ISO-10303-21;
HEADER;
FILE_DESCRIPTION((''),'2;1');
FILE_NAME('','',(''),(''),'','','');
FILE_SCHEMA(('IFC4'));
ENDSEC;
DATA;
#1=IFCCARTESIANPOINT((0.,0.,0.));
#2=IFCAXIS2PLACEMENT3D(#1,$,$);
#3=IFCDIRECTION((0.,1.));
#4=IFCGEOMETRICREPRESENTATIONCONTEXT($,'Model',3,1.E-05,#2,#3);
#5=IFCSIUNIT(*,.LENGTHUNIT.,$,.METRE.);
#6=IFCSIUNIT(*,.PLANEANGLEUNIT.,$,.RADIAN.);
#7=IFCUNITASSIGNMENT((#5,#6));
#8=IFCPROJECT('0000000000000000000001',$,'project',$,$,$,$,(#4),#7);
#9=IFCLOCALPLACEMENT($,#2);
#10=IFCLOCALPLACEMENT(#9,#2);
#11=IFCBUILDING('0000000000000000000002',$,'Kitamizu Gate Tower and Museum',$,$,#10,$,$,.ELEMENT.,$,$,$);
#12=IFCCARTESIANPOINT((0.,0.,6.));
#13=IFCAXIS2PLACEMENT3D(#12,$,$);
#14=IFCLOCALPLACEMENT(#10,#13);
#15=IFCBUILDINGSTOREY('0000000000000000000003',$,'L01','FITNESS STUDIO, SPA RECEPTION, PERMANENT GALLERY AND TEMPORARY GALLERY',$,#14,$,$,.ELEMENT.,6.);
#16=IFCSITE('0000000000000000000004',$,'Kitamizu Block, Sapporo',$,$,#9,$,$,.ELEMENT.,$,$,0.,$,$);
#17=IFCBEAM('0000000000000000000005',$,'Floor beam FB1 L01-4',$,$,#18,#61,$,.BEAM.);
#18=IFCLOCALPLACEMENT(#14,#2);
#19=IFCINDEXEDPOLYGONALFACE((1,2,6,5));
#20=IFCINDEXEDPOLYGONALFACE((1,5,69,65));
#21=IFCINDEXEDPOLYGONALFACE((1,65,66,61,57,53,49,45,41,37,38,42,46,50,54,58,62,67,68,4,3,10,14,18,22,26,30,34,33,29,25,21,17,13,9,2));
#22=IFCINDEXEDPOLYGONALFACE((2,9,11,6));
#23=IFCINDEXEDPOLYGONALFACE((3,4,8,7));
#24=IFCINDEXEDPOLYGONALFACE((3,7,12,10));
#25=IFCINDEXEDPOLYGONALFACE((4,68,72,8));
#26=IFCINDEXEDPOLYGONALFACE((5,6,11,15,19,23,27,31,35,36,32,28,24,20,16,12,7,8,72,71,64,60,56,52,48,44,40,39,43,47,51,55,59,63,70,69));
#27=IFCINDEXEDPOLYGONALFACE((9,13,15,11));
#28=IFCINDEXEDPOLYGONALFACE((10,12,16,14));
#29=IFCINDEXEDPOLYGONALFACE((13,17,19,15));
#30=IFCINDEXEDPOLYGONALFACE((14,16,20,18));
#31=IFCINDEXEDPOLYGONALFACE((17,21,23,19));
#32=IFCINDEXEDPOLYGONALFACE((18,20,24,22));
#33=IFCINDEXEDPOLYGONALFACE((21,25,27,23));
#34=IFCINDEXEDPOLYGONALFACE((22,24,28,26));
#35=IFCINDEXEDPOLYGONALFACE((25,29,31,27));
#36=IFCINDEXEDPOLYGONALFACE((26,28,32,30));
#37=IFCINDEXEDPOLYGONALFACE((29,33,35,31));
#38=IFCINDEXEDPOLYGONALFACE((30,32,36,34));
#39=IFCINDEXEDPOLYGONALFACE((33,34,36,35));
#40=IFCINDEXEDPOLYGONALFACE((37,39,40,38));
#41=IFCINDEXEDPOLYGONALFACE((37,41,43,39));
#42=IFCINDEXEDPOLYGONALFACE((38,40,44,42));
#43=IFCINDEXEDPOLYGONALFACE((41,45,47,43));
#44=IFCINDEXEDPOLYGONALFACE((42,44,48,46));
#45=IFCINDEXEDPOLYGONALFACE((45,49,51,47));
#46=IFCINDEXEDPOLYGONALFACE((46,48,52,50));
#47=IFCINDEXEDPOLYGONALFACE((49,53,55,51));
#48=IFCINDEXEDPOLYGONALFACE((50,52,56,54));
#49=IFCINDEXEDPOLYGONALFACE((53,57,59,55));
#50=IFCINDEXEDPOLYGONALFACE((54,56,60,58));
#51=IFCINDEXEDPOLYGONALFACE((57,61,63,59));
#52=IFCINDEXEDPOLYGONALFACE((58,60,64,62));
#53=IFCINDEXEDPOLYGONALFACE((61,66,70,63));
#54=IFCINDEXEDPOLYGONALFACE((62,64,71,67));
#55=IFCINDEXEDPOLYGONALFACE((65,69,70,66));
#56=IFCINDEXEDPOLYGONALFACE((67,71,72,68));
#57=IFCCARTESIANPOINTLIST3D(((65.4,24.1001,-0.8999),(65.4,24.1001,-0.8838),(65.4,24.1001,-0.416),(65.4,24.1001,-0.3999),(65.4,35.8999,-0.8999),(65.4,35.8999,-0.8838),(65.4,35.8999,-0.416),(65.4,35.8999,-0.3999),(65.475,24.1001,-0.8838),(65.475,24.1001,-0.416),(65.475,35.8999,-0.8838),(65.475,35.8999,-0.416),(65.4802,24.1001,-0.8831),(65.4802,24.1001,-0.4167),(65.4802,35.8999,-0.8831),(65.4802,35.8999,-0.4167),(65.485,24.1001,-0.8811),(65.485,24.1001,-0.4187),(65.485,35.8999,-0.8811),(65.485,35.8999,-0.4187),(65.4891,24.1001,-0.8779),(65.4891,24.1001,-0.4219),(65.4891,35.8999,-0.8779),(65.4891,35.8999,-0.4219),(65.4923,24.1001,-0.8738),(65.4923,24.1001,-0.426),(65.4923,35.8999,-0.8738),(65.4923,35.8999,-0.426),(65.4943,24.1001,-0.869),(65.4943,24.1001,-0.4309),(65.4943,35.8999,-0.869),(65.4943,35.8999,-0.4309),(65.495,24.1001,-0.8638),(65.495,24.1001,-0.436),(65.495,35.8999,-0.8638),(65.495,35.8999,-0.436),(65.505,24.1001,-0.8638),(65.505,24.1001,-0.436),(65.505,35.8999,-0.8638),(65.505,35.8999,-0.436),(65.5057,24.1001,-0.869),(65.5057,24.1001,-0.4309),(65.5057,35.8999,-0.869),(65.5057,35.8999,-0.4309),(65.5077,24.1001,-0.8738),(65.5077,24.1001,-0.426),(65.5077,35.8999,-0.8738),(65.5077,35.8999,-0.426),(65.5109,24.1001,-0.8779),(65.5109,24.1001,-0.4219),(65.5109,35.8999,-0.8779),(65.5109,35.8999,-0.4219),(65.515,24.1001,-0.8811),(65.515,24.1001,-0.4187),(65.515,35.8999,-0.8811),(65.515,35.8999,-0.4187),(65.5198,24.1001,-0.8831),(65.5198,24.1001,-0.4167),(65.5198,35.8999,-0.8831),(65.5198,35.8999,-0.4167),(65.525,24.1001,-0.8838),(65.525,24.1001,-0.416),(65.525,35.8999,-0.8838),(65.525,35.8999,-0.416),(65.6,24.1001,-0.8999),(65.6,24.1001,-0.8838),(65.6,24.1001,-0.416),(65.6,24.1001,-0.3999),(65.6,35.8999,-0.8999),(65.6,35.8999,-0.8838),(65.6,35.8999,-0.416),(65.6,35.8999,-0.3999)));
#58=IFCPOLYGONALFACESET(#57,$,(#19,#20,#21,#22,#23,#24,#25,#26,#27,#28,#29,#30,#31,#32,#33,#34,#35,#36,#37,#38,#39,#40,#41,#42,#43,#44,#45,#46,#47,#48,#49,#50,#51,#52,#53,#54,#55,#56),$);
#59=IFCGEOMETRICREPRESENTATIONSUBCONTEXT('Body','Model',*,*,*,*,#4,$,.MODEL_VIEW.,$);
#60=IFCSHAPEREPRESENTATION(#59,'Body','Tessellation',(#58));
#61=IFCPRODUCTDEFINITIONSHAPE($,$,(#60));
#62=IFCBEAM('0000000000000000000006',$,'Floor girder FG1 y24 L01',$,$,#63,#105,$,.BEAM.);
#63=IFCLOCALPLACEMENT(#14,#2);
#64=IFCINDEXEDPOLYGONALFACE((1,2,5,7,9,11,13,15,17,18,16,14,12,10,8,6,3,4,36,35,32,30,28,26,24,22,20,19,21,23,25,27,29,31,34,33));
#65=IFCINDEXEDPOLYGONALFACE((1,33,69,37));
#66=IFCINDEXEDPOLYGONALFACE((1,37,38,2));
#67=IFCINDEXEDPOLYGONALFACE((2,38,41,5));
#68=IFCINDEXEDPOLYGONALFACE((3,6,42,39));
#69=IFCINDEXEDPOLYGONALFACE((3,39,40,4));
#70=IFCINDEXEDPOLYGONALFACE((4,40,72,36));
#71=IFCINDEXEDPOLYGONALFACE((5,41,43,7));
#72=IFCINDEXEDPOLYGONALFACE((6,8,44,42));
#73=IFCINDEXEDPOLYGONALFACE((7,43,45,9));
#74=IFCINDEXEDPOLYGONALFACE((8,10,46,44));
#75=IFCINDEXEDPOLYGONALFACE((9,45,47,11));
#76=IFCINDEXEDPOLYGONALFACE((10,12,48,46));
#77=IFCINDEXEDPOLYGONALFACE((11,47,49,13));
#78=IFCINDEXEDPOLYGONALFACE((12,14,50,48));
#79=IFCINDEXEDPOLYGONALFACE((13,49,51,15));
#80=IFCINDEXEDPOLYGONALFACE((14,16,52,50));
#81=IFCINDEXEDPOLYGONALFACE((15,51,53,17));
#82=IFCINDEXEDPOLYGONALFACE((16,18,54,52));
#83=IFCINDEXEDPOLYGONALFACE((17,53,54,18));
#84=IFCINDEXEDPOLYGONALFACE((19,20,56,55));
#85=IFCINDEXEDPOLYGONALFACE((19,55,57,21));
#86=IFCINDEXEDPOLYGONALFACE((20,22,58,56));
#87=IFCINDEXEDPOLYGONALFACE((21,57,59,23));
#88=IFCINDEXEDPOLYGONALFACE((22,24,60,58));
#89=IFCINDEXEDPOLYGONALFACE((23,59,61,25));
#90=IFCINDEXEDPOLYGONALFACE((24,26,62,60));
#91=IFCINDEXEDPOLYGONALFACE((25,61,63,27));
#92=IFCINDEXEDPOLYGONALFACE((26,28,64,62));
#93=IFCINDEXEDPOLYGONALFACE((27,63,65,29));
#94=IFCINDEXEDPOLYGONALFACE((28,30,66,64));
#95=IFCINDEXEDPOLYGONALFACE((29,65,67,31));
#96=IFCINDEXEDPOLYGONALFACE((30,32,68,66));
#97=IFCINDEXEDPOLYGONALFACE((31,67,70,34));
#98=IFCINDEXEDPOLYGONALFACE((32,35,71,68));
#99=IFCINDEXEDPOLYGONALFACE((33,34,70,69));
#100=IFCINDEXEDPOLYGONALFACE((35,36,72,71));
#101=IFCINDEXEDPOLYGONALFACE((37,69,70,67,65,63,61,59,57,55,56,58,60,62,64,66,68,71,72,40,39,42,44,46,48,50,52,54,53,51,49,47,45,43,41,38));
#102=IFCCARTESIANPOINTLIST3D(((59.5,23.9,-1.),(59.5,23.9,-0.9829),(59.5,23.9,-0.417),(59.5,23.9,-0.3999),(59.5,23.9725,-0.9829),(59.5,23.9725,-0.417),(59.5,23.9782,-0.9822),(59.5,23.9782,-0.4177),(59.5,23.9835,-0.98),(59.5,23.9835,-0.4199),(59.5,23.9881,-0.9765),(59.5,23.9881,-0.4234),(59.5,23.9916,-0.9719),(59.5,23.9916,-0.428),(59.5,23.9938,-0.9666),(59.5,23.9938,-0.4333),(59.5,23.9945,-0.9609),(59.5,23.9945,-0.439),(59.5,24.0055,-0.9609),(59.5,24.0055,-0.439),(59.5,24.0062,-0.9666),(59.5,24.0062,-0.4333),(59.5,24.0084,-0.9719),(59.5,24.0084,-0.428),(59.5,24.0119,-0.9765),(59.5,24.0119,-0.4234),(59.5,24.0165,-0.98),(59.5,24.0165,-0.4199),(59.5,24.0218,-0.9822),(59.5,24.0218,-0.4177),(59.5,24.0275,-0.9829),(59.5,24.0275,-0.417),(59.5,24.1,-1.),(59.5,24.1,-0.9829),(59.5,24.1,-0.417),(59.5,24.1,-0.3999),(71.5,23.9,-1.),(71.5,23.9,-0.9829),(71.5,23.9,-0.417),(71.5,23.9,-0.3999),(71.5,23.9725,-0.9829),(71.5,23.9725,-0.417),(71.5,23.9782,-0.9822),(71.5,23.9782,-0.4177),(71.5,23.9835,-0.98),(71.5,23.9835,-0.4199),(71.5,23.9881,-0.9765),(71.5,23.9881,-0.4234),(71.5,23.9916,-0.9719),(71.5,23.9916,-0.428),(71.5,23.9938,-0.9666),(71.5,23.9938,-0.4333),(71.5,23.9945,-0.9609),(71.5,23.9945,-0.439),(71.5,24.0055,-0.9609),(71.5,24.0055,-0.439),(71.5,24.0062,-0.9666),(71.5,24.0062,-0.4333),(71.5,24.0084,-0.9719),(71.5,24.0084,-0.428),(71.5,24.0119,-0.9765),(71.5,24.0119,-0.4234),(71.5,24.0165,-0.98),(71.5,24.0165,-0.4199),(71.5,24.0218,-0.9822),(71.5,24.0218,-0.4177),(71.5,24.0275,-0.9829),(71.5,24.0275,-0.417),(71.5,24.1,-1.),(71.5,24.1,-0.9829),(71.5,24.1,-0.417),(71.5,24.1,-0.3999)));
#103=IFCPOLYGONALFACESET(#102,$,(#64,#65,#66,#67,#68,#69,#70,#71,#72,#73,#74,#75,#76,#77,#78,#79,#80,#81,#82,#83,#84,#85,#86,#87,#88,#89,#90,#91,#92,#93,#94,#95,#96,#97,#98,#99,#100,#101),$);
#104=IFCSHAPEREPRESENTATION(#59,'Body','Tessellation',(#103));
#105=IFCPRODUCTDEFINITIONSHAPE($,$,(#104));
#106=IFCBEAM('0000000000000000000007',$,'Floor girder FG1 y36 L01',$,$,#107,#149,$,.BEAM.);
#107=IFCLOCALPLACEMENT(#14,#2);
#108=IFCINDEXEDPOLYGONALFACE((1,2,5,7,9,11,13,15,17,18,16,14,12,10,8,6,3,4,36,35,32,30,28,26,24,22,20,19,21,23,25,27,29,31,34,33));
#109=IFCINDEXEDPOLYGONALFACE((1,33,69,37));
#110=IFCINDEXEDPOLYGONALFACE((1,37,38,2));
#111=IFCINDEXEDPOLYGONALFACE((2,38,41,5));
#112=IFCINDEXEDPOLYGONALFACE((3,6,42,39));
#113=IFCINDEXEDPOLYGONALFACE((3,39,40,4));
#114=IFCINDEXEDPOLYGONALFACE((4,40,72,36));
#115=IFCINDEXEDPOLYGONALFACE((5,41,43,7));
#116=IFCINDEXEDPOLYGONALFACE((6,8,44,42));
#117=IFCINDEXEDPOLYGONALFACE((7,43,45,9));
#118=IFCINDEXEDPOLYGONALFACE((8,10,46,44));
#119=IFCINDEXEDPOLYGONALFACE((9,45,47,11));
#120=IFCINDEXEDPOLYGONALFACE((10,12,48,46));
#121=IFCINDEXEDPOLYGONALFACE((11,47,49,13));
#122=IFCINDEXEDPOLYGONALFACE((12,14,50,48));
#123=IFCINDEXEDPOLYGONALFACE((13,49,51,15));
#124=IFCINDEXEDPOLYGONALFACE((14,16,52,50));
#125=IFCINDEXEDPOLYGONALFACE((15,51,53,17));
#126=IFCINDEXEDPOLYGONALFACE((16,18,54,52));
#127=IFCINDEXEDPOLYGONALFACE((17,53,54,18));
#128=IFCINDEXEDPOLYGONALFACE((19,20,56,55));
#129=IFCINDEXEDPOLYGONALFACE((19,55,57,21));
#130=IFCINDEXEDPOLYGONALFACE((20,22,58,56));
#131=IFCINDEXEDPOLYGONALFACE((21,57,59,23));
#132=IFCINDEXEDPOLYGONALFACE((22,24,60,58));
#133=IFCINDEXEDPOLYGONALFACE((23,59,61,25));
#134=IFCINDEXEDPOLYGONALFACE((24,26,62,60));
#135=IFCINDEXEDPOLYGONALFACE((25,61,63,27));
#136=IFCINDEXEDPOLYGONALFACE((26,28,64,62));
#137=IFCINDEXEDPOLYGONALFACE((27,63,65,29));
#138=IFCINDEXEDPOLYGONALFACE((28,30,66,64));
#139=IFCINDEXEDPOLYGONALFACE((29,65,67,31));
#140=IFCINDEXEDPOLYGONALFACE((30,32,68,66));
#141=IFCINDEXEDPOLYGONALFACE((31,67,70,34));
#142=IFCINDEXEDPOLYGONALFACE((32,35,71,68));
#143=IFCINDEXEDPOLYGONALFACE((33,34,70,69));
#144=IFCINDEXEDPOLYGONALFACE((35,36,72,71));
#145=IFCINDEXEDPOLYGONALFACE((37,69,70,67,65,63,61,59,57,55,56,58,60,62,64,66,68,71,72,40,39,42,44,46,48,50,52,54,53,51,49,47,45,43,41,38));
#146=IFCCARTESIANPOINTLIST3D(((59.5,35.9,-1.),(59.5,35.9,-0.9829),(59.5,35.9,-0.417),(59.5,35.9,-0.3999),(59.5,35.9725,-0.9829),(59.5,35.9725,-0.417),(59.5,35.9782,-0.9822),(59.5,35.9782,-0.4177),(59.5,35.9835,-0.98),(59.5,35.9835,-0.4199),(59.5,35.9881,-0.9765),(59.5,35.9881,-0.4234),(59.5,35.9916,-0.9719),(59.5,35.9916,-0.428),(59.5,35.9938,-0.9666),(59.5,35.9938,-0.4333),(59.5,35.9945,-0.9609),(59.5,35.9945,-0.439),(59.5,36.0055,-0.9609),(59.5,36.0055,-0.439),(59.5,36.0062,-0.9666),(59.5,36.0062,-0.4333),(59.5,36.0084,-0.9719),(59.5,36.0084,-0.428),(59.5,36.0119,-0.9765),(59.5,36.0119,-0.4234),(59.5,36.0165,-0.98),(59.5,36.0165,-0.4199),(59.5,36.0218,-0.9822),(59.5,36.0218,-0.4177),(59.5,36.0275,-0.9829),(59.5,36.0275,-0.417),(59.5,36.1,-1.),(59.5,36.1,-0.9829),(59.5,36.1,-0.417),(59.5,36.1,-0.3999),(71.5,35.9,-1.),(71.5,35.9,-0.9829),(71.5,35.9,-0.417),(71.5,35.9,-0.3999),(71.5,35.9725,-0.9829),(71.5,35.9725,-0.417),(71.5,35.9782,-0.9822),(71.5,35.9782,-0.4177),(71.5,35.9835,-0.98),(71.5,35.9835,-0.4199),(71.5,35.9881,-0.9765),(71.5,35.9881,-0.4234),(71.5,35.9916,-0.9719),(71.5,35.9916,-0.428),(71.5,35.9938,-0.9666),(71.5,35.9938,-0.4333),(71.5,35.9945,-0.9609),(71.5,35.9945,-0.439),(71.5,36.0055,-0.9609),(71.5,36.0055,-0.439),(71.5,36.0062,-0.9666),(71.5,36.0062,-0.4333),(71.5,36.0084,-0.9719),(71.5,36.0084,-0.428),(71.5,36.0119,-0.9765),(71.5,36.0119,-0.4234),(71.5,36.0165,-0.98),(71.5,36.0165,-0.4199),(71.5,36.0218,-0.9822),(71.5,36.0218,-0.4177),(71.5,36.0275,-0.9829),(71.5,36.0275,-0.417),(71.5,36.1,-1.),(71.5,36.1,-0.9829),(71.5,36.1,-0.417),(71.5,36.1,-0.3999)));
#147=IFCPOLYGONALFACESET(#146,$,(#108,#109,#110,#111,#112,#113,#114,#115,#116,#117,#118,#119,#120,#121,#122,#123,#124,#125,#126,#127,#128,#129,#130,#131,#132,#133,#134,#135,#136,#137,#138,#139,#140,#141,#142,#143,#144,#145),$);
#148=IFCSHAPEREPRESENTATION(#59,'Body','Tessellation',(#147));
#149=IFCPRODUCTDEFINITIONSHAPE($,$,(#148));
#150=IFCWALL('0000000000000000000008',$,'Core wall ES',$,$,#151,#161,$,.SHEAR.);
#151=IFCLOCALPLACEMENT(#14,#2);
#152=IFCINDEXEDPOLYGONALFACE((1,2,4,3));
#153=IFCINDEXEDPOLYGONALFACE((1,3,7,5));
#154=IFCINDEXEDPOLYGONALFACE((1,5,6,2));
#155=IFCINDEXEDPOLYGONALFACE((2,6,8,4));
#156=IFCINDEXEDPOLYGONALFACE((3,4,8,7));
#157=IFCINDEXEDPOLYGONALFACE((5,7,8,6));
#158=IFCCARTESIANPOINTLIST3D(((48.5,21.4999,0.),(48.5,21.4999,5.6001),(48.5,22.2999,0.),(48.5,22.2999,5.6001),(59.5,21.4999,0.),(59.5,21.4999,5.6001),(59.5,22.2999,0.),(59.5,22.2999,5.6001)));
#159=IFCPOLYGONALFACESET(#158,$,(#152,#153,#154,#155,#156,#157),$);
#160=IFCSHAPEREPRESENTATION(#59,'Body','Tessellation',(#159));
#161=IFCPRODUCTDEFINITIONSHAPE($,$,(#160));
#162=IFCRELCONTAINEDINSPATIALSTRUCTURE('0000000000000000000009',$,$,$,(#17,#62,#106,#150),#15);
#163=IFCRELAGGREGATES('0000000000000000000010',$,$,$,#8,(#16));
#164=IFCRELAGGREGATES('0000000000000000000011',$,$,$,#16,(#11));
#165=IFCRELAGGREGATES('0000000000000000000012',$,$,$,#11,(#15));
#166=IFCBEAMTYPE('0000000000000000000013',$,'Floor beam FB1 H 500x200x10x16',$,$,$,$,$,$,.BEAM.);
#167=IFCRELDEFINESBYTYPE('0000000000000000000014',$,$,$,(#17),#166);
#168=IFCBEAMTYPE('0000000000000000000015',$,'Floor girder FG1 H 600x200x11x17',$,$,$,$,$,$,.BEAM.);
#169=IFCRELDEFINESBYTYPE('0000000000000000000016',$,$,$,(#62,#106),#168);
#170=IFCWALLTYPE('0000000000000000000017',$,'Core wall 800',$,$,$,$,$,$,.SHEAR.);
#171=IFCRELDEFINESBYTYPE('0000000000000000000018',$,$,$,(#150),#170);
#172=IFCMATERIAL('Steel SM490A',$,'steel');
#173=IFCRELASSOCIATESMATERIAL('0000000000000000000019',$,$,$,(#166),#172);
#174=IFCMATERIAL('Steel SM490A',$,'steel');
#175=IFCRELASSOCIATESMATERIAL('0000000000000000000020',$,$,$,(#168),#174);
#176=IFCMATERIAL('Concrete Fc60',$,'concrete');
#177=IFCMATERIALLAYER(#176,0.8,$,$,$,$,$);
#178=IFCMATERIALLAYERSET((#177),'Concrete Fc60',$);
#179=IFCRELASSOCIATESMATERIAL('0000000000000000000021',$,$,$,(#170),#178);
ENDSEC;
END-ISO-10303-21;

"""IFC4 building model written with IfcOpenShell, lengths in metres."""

from ifc_helpers import new_model, si_unit, direction, frame, frame_2d, origin, origin_2d, place, context, subcontext, project, spatial, rectangle, i_section, extrude, material, layer, layer_set, material_profile, profile_set, type_object, element, save


model = new_model("IFC4")

# Units and contexts
model_context = context("Model", 3, precision=1e-05, world=origin(), true_north=direction((0.0, 1.0)))
body_context = subcontext(model_context, "Body", "Model", "MODEL_VIEW")
ifc_project = project(units=[si_unit("LENGTHUNIT", "METRE"), si_unit("PLANEANGLEUNIT", "RADIAN")], contexts=[model_context])

# Site, building, storey
site_placement = place(None, origin())
site = spatial("IfcSite", under=ifc_project, at=site_placement, Name="Kitamizu Block, Sapporo", CompositionType="ELEMENT", RefElevation=0.0)
building_placement = place(site_placement, origin())
building = spatial("IfcBuilding", under=site, at=building_placement, Name="Kitamizu Gate Tower and Museum", CompositionType="ELEMENT")
storey_placement = place(building_placement, frame((0.0, 0.0, 6.0)))
storey = spatial("IfcBuildingStorey", under=building, at=storey_placement, Name="L01", Description="FITNESS STUDIO, SPA RECEPTION, PERMANENT GALLERY AND TEMPORARY GALLERY", CompositionType="ELEMENT", Elevation=6.0)

# Beams
ifc_material_1 = material(Name="Steel SM490A", Category="steel")
ifc_material_profile_1 = material_profile(ifc_material_1, i_section(OverallWidth=0.2, OverallDepth=0.5, WebThickness=0.01, FlangeThickness=0.0161, FilletRadius=0.02, at=origin_2d()), Name="H-500x200x10x16")
ifc_profile_set_1 = profile_set([ifc_material_profile_1], Name="Steel SM490A")
beam_type_1 = type_object("IfcBeamType", Name="Floor beam FB1 H 500x200x10x16", PredefinedType="BEAM", material=ifc_profile_set_1)
beam_placement = place(storey_placement, frame((65.5, 24.1001, -0.6499), z_axis=(0.0, 1.0, 0.0), x_axis=(-1.0, 0.0, 0.0)))
element("IfcBeam", 1, at=beam_placement, inside=storey, type_object=beam_type_1, Name="Floor beam FB1 L01-4", PredefinedType="BEAM", context=body_context, shape_type="SweptSolid", body=[
    extrude(i_section(OverallWidth=0.2, OverallDepth=0.5, WebThickness=0.01, FlangeThickness=0.0161, FilletRadius=0.02, at=origin_2d()), origin(), (0.0, 0.0, 1.0), 11.7998),
])
ifc_material_2 = material(Name="Steel SM490A", Category="steel")
ifc_material_profile_2 = material_profile(ifc_material_2, i_section(OverallWidth=0.2, OverallDepth=0.6001, WebThickness=0.011, FlangeThickness=0.0171, FilletRadius=0.022, at=origin_2d()), Name="H-600x200x11x17")
ifc_profile_set_2 = profile_set([ifc_material_profile_2], Name="Steel SM490A")
beam_type_2 = type_object("IfcBeamType", Name="Floor girder FG1 H 600x200x11x17", PredefinedType="BEAM", material=ifc_profile_set_2)
for number, where, z_axis, x_axis, name in (
    (2, (59.5, 24.0, -0.7), (1.0, 0.0, 0.0), (0.0, 1.0, 0.0), "Floor girder FG1 y24 L01"),
    (3, (59.5, 36.0, -0.7), (1.0, 0.0, 0.0), (0.0, 1.0, 0.0), "Floor girder FG1 y36 L01"),
):
    element("IfcBeam", number, at=place(storey_placement, frame(where, z_axis=z_axis, x_axis=x_axis)), inside=storey, type_object=beam_type_2, Name=name, PredefinedType="BEAM", context=body_context, shape_type="SweptSolid", body=[
        extrude(i_section(OverallWidth=0.2, OverallDepth=0.6001, WebThickness=0.011, FlangeThickness=0.0171, FilletRadius=0.022, at=origin_2d()), origin(), (0.0, 0.0, 1.0), 12.0),
    ])

# Wall
ifc_material_3 = material(Name="Concrete Fc60", Category="concrete")
ifc_layer_1 = layer(ifc_material_3, 0.8)
ifc_layer_set_1 = layer_set([ifc_layer_1], Name="Concrete Fc60")
wall_type_1 = type_object("IfcWallType", Name="Core wall 800", PredefinedType="SHEAR", material=ifc_layer_set_1)
wall_1_placement = place(storey_placement, frame((59.5, 21.8999, 0.0), z_axis=(0.0, 0.0, 1.0), x_axis=(-1.0, 0.0, 0.0)))
element("IfcWall", 4, at=wall_1_placement, inside=storey, type_object=wall_type_1, Name="Core wall ES", PredefinedType="SHEAR", context=body_context, shape_type="SweptSolid", body=[
    extrude(rectangle(XDim=11.0, YDim=0.8, at=frame_2d((5.5, 0.0))), origin(), (0.0, 0.0, 1.0), 5.6001),
])

save(model, "model.ifc")
